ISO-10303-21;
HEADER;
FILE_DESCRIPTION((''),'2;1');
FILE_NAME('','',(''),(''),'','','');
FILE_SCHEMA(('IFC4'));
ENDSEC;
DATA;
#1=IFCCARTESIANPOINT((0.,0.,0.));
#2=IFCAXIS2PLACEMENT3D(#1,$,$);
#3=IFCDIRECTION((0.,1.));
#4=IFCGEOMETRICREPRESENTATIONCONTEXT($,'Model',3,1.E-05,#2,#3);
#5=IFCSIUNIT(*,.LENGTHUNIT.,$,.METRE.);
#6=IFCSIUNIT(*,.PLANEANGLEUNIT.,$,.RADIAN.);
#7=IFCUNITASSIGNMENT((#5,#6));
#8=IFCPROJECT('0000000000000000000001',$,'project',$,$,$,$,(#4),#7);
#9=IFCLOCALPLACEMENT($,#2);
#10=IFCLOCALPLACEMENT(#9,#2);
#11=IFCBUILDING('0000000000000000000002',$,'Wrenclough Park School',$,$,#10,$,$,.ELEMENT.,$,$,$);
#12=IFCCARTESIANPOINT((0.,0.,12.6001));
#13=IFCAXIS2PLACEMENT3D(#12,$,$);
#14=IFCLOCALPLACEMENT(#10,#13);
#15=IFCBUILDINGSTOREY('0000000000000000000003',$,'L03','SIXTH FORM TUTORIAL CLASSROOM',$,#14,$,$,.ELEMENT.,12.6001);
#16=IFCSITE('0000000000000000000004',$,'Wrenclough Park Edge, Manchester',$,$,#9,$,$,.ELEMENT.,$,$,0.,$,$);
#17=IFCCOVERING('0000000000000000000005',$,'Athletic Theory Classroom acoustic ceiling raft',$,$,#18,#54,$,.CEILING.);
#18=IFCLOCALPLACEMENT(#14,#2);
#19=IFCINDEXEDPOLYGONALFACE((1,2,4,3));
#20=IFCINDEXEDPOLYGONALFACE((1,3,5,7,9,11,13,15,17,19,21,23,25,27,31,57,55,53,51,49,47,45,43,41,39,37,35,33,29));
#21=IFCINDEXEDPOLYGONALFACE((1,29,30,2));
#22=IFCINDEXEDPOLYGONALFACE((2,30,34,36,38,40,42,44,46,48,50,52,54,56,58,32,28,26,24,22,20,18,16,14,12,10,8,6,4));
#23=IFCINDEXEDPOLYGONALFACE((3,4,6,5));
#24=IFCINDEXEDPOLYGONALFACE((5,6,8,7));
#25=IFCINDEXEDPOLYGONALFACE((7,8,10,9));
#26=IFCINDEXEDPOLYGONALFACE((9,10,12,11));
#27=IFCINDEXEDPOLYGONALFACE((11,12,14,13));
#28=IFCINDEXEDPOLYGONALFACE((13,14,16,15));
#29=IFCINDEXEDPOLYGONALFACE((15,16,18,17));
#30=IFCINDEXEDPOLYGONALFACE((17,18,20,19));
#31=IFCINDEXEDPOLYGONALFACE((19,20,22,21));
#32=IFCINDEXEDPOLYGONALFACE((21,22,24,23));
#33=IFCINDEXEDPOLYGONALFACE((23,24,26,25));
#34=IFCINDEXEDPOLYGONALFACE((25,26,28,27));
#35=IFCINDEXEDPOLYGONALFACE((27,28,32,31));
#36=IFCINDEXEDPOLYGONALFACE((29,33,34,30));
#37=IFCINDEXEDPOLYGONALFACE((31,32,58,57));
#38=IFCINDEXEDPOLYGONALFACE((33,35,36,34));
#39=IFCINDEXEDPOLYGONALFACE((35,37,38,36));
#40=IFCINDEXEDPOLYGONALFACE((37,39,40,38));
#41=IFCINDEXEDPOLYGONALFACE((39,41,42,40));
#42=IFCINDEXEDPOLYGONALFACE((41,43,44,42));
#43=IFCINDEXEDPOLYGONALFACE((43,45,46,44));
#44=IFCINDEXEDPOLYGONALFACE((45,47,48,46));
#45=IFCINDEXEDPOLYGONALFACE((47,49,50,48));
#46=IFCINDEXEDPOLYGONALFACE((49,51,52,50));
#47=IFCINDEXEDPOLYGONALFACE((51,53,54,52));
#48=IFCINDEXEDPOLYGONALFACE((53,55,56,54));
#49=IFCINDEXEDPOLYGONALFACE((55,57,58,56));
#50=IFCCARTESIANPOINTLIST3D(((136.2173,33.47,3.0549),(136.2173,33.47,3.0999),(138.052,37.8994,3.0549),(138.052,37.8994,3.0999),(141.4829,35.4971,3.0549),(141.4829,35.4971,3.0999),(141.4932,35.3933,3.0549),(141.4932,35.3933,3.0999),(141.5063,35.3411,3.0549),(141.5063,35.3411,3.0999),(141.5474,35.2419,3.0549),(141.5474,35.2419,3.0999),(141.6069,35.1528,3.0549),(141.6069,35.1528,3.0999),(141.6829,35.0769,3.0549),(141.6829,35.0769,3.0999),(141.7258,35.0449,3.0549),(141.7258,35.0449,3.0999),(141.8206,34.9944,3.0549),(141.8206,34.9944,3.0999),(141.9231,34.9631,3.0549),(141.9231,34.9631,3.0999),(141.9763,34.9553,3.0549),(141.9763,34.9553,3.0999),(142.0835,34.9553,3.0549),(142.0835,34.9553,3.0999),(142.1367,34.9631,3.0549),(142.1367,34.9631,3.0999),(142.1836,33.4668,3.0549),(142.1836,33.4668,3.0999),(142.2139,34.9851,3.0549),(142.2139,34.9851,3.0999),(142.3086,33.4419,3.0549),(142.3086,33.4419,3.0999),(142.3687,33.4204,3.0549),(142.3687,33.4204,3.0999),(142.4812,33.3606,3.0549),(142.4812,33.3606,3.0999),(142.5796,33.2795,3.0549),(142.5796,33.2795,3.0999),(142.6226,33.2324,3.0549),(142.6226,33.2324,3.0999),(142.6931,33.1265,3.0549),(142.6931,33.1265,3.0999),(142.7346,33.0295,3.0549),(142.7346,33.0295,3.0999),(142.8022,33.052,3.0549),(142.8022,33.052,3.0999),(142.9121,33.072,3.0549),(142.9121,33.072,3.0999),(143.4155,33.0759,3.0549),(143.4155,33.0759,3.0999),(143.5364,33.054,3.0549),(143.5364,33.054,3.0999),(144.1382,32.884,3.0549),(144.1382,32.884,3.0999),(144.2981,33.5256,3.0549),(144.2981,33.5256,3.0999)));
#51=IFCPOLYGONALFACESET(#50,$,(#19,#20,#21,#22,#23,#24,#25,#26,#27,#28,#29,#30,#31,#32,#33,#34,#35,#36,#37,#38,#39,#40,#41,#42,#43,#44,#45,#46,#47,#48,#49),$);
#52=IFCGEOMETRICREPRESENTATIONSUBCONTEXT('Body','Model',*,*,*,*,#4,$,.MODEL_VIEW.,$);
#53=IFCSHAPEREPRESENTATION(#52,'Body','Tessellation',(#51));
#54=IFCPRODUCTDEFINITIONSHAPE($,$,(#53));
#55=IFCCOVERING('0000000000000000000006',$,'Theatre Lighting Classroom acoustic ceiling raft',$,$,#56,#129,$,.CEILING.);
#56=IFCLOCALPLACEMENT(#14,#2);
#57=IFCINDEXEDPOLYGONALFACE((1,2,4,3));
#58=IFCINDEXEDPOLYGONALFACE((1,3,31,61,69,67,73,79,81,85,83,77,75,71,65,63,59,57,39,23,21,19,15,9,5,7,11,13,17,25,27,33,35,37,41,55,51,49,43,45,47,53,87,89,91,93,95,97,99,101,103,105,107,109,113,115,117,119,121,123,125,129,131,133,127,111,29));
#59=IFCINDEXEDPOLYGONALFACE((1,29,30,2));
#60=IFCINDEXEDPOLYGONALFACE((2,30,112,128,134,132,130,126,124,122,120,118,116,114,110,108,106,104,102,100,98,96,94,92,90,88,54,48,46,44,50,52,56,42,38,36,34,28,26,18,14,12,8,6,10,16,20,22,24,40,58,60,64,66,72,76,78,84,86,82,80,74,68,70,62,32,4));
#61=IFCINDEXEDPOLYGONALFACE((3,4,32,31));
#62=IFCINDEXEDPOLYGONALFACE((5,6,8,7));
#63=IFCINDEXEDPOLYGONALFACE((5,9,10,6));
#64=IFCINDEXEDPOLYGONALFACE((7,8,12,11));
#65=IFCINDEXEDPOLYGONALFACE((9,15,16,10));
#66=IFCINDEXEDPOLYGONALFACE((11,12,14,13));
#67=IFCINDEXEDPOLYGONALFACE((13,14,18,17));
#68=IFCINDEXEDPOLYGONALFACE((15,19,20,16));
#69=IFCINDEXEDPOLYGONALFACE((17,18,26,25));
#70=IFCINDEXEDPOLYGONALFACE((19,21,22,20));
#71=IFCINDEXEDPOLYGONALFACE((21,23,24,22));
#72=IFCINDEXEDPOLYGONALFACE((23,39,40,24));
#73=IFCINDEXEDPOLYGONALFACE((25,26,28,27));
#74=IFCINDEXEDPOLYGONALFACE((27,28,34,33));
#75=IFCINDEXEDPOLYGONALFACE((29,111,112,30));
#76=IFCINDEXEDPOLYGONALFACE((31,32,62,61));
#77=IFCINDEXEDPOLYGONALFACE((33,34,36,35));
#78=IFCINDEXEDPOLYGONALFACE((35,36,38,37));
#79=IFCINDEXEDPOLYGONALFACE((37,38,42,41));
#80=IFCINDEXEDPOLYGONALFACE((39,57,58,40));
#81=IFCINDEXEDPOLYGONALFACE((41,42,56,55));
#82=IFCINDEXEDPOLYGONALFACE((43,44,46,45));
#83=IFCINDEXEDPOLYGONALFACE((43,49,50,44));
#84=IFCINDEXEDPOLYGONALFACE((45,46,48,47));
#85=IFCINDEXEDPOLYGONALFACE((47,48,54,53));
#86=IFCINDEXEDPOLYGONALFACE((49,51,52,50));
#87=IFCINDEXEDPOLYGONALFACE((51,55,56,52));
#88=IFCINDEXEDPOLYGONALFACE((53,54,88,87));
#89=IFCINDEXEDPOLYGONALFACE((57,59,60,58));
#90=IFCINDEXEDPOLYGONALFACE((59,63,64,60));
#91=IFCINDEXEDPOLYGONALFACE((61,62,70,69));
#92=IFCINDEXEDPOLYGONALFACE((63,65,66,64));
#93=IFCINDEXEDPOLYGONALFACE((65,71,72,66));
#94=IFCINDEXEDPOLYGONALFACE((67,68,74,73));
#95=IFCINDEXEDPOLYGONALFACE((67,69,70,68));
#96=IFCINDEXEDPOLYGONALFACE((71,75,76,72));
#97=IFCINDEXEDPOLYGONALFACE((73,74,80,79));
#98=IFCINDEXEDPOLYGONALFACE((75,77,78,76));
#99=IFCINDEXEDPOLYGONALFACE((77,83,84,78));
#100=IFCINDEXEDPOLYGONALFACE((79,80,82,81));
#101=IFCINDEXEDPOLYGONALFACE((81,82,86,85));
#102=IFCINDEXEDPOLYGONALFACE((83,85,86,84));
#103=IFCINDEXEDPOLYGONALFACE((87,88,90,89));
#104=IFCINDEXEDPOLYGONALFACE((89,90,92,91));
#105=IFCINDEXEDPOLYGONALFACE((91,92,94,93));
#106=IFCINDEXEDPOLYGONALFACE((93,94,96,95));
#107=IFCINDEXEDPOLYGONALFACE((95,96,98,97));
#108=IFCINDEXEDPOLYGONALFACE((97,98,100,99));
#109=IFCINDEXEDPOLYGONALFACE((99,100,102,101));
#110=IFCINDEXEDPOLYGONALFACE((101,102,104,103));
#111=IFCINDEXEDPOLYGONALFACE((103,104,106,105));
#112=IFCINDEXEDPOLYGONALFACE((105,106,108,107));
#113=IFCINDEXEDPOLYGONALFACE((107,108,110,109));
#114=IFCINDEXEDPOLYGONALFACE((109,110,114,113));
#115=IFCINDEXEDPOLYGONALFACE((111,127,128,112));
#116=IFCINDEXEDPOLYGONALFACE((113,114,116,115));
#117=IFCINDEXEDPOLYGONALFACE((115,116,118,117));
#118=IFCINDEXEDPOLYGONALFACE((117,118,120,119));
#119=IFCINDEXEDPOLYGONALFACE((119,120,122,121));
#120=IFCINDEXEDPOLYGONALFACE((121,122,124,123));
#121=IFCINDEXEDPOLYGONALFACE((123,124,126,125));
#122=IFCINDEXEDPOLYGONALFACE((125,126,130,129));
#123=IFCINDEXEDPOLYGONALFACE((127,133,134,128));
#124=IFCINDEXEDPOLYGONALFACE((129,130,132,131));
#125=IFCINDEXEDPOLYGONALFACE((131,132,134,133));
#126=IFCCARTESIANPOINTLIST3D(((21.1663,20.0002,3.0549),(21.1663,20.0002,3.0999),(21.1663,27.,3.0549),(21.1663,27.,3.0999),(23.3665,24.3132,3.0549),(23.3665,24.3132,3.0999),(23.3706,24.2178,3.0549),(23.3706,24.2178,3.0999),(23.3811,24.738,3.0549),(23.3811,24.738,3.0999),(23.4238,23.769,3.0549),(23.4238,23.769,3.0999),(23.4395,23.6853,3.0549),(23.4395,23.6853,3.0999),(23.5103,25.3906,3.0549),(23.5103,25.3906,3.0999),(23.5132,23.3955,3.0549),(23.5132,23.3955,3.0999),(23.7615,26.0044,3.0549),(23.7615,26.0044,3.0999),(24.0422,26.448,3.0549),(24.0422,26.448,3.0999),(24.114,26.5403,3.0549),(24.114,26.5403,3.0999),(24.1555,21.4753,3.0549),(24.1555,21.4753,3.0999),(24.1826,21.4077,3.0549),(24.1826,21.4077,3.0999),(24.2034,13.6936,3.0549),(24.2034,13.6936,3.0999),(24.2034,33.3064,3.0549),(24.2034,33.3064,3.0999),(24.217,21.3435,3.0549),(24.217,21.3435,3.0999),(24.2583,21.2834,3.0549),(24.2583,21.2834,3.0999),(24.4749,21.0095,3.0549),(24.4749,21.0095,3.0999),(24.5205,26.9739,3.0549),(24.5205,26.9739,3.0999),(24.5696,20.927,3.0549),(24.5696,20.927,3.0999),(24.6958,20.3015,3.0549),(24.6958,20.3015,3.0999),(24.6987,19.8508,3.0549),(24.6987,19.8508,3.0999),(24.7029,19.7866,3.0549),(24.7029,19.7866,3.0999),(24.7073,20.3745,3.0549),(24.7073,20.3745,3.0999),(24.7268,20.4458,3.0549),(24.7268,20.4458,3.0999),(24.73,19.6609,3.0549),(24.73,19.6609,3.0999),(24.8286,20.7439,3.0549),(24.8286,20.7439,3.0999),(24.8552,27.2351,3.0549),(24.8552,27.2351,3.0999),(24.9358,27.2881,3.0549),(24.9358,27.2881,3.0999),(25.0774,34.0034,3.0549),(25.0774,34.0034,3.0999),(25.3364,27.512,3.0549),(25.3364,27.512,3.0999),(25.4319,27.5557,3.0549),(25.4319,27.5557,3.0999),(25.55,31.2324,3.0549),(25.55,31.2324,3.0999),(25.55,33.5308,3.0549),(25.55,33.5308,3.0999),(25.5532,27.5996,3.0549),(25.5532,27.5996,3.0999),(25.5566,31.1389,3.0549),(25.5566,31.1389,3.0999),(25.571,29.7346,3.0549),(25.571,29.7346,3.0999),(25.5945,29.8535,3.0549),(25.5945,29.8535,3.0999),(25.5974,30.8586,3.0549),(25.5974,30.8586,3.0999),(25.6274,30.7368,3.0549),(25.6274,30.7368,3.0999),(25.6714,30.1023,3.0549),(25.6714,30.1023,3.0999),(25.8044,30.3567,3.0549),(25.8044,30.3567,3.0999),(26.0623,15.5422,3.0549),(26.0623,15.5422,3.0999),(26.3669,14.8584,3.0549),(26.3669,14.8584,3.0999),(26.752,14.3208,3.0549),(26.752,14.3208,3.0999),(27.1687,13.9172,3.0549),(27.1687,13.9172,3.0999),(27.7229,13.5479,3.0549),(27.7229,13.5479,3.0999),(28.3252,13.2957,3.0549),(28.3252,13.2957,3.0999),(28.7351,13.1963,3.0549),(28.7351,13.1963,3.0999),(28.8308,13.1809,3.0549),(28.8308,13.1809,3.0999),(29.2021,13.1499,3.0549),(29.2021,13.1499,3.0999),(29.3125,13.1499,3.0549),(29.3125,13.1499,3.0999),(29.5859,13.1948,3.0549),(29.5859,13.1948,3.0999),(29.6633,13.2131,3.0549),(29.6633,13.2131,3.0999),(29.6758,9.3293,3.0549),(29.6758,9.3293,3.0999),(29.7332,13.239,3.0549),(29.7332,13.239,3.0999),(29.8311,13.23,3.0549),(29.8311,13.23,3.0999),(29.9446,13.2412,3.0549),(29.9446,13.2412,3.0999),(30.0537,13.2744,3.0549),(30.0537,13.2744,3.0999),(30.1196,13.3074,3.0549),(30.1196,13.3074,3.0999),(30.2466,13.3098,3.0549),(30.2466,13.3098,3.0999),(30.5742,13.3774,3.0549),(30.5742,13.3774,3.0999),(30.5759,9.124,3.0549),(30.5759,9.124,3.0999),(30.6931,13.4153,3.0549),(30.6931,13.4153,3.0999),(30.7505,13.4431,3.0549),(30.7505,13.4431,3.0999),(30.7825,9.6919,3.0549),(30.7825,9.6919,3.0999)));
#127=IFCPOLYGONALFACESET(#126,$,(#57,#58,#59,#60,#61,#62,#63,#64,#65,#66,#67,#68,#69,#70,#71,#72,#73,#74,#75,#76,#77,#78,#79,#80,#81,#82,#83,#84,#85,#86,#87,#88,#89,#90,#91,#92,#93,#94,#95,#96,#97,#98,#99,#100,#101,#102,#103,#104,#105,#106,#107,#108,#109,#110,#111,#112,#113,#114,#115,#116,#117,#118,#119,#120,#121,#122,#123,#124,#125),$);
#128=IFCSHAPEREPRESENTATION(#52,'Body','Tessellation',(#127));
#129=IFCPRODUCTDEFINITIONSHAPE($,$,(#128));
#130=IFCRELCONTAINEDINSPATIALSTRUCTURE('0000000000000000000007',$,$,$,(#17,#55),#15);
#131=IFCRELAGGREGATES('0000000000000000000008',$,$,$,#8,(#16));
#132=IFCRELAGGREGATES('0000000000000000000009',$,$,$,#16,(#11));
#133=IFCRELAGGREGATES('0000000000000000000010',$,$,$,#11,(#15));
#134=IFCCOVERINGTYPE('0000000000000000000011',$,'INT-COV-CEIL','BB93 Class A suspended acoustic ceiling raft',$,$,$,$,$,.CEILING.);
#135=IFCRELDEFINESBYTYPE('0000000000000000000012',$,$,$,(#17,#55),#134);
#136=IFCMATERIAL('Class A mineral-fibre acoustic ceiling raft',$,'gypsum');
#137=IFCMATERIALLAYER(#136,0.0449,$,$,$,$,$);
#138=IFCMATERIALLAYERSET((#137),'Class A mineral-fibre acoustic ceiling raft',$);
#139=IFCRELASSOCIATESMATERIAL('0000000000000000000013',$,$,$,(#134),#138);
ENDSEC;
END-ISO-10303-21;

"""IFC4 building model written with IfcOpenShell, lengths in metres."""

from ifc_helpers import new_model, si_unit, direction, frame, origin, place, context, subcontext, project, spatial, polyline, outline, extrude, material, layer, layer_set, type_object, element, save


model = new_model("IFC4")

# Units and contexts
model_context = context("Model", 3, precision=1e-05, world=origin(), true_north=direction((0.0, 1.0)))
body_context = subcontext(model_context, "Body", "Model", "MODEL_VIEW")
ifc_project = project(units=[si_unit("LENGTHUNIT", "METRE"), si_unit("PLANEANGLEUNIT", "RADIAN")], contexts=[model_context])

# Site, building, storey
site_placement = place(None, origin())
site = spatial("IfcSite", under=ifc_project, at=site_placement, Name="Wrenclough Park Edge, Manchester", CompositionType="ELEMENT", RefElevation=0.0)
building_placement = place(site_placement, origin())
building = spatial("IfcBuilding", under=site, at=building_placement, Name="Wrenclough Park School", CompositionType="ELEMENT")
storey_placement = place(building_placement, frame((0.0, 0.0, 12.6001)))
storey = spatial("IfcBuildingStorey", under=building, at=storey_placement, Name="L03", Description="SIXTH FORM TUTORIAL CLASSROOM", CompositionType="ELEMENT", Elevation=12.6001)

# Coverings
ifc_material_1 = material(Name="Class A mineral-fibre acoustic ceiling raft", Category="gypsum")
ifc_layer_1 = layer(ifc_material_1, 0.0449)
ifc_layer_set_1 = layer_set([ifc_layer_1], Name="Class A mineral-fibre acoustic ceiling raft")
covering_type_1 = type_object("IfcCoveringType", Name="INT-COV-CEIL", Description="BB93 Class A suspended acoustic ceiling raft", PredefinedType="CEILING", material=ifc_layer_set_1)
covering_1_placement = place(storey_placement, frame((0.0, 0.0, 3.0549)))
element("IfcCovering", 1, at=covering_1_placement, inside=storey, type_object=covering_type_1, Name="Athletic Theory Classroom acoustic ceiling raft", PredefinedType="CEILING", context=body_context, shape_type="SweptSolid", body=[
    extrude(outline(polyline([(142.7346, 33.0295), (142.8022, 33.052), (142.9121, 33.072), (143.4155, 33.0759), (143.5364, 33.054), (144.1382, 32.884), (144.2981, 33.5256), (142.2139, 34.9851), (142.1367, 34.9631), (142.0835, 34.9553), (141.9763, 34.9553), (141.9231, 34.9631), (141.8206, 34.9944), (141.7258, 35.0449), (141.6829, 35.0769), (141.6069, 35.1528), (141.5474, 35.2419), (141.5063, 35.3411), (141.4932, 35.3933), (141.4829, 35.4971), (138.052, 37.8994), (136.2173, 33.47), (142.1836, 33.4668), (142.3086, 33.4419), (142.3687, 33.4204), (142.4812, 33.3606), (142.5796, 33.2795), (142.6226, 33.2324), (142.6931, 33.1265), (142.7346, 33.0295)])), origin(), (0.0, 0.0, 1.0), 0.0449),
])
covering_2_placement = place(storey_placement, frame((0.0, 0.0, 3.0549)))
element("IfcCovering", 2, at=covering_2_placement, inside=storey, type_object=covering_type_1, Name="Theatre Lighting Classroom acoustic ceiling raft", PredefinedType="CEILING", context=body_context, shape_type="SweptSolid", body=[
    extrude(outline(polyline([(24.8286, 20.7439), (24.5696, 20.927), (24.4749, 21.0095), (24.2583, 21.2834), (24.217, 21.3435), (24.1826, 21.4077), (24.1555, 21.4753), (23.5132, 23.3955), (23.4395, 23.6853), (23.4238, 23.769), (23.3706, 24.2178), (23.3665, 24.3132), (23.3811, 24.738), (23.5103, 25.3906), (23.7615, 26.0044), (24.0422, 26.448), (24.114, 26.5403), (24.5205, 26.9739), (24.8552, 27.2351), (24.9358, 27.2881), (25.3364, 27.512), (25.4319, 27.5557), (25.5532, 27.5996), (25.571, 29.7346), (25.5945, 29.8535), (25.6714, 30.1023), (25.8044, 30.3567), (25.6274, 30.7368), (25.5974, 30.8586), (25.5566, 31.1389), (25.55, 31.2324), (25.55, 33.5308), (25.0774, 34.0034), (24.2034, 33.3064), (21.1663, 27.0), (21.1663, 20.0002), (24.2034, 13.6936), (29.6758, 9.3293), (30.5759, 9.124), (30.7825, 9.6919), (30.7505, 13.4431), (30.6931, 13.4153), (30.5742, 13.3774), (30.2466, 13.3098), (30.1196, 13.3074), (30.0537, 13.2744), (29.9446, 13.2412), (29.8311, 13.23), (29.7332, 13.239), (29.6633, 13.2131), (29.5859, 13.1948), (29.3125, 13.1499), (29.2021, 13.1499), (28.8308, 13.1809), (28.7351, 13.1963), (28.3252, 13.2957), (27.7229, 13.5479), (27.1687, 13.9172), (26.752, 14.3208), (26.3669, 14.8584), (26.0623, 15.5422), (24.73, 19.6609), (24.7029, 19.7866), (24.6987, 19.8508), (24.6958, 20.3015), (24.7073, 20.3745), (24.7268, 20.4458), (24.8286, 20.7439)])), origin(), (0.0, 0.0, 1.0), 0.0449),
])

save(model, "model.ifc")
